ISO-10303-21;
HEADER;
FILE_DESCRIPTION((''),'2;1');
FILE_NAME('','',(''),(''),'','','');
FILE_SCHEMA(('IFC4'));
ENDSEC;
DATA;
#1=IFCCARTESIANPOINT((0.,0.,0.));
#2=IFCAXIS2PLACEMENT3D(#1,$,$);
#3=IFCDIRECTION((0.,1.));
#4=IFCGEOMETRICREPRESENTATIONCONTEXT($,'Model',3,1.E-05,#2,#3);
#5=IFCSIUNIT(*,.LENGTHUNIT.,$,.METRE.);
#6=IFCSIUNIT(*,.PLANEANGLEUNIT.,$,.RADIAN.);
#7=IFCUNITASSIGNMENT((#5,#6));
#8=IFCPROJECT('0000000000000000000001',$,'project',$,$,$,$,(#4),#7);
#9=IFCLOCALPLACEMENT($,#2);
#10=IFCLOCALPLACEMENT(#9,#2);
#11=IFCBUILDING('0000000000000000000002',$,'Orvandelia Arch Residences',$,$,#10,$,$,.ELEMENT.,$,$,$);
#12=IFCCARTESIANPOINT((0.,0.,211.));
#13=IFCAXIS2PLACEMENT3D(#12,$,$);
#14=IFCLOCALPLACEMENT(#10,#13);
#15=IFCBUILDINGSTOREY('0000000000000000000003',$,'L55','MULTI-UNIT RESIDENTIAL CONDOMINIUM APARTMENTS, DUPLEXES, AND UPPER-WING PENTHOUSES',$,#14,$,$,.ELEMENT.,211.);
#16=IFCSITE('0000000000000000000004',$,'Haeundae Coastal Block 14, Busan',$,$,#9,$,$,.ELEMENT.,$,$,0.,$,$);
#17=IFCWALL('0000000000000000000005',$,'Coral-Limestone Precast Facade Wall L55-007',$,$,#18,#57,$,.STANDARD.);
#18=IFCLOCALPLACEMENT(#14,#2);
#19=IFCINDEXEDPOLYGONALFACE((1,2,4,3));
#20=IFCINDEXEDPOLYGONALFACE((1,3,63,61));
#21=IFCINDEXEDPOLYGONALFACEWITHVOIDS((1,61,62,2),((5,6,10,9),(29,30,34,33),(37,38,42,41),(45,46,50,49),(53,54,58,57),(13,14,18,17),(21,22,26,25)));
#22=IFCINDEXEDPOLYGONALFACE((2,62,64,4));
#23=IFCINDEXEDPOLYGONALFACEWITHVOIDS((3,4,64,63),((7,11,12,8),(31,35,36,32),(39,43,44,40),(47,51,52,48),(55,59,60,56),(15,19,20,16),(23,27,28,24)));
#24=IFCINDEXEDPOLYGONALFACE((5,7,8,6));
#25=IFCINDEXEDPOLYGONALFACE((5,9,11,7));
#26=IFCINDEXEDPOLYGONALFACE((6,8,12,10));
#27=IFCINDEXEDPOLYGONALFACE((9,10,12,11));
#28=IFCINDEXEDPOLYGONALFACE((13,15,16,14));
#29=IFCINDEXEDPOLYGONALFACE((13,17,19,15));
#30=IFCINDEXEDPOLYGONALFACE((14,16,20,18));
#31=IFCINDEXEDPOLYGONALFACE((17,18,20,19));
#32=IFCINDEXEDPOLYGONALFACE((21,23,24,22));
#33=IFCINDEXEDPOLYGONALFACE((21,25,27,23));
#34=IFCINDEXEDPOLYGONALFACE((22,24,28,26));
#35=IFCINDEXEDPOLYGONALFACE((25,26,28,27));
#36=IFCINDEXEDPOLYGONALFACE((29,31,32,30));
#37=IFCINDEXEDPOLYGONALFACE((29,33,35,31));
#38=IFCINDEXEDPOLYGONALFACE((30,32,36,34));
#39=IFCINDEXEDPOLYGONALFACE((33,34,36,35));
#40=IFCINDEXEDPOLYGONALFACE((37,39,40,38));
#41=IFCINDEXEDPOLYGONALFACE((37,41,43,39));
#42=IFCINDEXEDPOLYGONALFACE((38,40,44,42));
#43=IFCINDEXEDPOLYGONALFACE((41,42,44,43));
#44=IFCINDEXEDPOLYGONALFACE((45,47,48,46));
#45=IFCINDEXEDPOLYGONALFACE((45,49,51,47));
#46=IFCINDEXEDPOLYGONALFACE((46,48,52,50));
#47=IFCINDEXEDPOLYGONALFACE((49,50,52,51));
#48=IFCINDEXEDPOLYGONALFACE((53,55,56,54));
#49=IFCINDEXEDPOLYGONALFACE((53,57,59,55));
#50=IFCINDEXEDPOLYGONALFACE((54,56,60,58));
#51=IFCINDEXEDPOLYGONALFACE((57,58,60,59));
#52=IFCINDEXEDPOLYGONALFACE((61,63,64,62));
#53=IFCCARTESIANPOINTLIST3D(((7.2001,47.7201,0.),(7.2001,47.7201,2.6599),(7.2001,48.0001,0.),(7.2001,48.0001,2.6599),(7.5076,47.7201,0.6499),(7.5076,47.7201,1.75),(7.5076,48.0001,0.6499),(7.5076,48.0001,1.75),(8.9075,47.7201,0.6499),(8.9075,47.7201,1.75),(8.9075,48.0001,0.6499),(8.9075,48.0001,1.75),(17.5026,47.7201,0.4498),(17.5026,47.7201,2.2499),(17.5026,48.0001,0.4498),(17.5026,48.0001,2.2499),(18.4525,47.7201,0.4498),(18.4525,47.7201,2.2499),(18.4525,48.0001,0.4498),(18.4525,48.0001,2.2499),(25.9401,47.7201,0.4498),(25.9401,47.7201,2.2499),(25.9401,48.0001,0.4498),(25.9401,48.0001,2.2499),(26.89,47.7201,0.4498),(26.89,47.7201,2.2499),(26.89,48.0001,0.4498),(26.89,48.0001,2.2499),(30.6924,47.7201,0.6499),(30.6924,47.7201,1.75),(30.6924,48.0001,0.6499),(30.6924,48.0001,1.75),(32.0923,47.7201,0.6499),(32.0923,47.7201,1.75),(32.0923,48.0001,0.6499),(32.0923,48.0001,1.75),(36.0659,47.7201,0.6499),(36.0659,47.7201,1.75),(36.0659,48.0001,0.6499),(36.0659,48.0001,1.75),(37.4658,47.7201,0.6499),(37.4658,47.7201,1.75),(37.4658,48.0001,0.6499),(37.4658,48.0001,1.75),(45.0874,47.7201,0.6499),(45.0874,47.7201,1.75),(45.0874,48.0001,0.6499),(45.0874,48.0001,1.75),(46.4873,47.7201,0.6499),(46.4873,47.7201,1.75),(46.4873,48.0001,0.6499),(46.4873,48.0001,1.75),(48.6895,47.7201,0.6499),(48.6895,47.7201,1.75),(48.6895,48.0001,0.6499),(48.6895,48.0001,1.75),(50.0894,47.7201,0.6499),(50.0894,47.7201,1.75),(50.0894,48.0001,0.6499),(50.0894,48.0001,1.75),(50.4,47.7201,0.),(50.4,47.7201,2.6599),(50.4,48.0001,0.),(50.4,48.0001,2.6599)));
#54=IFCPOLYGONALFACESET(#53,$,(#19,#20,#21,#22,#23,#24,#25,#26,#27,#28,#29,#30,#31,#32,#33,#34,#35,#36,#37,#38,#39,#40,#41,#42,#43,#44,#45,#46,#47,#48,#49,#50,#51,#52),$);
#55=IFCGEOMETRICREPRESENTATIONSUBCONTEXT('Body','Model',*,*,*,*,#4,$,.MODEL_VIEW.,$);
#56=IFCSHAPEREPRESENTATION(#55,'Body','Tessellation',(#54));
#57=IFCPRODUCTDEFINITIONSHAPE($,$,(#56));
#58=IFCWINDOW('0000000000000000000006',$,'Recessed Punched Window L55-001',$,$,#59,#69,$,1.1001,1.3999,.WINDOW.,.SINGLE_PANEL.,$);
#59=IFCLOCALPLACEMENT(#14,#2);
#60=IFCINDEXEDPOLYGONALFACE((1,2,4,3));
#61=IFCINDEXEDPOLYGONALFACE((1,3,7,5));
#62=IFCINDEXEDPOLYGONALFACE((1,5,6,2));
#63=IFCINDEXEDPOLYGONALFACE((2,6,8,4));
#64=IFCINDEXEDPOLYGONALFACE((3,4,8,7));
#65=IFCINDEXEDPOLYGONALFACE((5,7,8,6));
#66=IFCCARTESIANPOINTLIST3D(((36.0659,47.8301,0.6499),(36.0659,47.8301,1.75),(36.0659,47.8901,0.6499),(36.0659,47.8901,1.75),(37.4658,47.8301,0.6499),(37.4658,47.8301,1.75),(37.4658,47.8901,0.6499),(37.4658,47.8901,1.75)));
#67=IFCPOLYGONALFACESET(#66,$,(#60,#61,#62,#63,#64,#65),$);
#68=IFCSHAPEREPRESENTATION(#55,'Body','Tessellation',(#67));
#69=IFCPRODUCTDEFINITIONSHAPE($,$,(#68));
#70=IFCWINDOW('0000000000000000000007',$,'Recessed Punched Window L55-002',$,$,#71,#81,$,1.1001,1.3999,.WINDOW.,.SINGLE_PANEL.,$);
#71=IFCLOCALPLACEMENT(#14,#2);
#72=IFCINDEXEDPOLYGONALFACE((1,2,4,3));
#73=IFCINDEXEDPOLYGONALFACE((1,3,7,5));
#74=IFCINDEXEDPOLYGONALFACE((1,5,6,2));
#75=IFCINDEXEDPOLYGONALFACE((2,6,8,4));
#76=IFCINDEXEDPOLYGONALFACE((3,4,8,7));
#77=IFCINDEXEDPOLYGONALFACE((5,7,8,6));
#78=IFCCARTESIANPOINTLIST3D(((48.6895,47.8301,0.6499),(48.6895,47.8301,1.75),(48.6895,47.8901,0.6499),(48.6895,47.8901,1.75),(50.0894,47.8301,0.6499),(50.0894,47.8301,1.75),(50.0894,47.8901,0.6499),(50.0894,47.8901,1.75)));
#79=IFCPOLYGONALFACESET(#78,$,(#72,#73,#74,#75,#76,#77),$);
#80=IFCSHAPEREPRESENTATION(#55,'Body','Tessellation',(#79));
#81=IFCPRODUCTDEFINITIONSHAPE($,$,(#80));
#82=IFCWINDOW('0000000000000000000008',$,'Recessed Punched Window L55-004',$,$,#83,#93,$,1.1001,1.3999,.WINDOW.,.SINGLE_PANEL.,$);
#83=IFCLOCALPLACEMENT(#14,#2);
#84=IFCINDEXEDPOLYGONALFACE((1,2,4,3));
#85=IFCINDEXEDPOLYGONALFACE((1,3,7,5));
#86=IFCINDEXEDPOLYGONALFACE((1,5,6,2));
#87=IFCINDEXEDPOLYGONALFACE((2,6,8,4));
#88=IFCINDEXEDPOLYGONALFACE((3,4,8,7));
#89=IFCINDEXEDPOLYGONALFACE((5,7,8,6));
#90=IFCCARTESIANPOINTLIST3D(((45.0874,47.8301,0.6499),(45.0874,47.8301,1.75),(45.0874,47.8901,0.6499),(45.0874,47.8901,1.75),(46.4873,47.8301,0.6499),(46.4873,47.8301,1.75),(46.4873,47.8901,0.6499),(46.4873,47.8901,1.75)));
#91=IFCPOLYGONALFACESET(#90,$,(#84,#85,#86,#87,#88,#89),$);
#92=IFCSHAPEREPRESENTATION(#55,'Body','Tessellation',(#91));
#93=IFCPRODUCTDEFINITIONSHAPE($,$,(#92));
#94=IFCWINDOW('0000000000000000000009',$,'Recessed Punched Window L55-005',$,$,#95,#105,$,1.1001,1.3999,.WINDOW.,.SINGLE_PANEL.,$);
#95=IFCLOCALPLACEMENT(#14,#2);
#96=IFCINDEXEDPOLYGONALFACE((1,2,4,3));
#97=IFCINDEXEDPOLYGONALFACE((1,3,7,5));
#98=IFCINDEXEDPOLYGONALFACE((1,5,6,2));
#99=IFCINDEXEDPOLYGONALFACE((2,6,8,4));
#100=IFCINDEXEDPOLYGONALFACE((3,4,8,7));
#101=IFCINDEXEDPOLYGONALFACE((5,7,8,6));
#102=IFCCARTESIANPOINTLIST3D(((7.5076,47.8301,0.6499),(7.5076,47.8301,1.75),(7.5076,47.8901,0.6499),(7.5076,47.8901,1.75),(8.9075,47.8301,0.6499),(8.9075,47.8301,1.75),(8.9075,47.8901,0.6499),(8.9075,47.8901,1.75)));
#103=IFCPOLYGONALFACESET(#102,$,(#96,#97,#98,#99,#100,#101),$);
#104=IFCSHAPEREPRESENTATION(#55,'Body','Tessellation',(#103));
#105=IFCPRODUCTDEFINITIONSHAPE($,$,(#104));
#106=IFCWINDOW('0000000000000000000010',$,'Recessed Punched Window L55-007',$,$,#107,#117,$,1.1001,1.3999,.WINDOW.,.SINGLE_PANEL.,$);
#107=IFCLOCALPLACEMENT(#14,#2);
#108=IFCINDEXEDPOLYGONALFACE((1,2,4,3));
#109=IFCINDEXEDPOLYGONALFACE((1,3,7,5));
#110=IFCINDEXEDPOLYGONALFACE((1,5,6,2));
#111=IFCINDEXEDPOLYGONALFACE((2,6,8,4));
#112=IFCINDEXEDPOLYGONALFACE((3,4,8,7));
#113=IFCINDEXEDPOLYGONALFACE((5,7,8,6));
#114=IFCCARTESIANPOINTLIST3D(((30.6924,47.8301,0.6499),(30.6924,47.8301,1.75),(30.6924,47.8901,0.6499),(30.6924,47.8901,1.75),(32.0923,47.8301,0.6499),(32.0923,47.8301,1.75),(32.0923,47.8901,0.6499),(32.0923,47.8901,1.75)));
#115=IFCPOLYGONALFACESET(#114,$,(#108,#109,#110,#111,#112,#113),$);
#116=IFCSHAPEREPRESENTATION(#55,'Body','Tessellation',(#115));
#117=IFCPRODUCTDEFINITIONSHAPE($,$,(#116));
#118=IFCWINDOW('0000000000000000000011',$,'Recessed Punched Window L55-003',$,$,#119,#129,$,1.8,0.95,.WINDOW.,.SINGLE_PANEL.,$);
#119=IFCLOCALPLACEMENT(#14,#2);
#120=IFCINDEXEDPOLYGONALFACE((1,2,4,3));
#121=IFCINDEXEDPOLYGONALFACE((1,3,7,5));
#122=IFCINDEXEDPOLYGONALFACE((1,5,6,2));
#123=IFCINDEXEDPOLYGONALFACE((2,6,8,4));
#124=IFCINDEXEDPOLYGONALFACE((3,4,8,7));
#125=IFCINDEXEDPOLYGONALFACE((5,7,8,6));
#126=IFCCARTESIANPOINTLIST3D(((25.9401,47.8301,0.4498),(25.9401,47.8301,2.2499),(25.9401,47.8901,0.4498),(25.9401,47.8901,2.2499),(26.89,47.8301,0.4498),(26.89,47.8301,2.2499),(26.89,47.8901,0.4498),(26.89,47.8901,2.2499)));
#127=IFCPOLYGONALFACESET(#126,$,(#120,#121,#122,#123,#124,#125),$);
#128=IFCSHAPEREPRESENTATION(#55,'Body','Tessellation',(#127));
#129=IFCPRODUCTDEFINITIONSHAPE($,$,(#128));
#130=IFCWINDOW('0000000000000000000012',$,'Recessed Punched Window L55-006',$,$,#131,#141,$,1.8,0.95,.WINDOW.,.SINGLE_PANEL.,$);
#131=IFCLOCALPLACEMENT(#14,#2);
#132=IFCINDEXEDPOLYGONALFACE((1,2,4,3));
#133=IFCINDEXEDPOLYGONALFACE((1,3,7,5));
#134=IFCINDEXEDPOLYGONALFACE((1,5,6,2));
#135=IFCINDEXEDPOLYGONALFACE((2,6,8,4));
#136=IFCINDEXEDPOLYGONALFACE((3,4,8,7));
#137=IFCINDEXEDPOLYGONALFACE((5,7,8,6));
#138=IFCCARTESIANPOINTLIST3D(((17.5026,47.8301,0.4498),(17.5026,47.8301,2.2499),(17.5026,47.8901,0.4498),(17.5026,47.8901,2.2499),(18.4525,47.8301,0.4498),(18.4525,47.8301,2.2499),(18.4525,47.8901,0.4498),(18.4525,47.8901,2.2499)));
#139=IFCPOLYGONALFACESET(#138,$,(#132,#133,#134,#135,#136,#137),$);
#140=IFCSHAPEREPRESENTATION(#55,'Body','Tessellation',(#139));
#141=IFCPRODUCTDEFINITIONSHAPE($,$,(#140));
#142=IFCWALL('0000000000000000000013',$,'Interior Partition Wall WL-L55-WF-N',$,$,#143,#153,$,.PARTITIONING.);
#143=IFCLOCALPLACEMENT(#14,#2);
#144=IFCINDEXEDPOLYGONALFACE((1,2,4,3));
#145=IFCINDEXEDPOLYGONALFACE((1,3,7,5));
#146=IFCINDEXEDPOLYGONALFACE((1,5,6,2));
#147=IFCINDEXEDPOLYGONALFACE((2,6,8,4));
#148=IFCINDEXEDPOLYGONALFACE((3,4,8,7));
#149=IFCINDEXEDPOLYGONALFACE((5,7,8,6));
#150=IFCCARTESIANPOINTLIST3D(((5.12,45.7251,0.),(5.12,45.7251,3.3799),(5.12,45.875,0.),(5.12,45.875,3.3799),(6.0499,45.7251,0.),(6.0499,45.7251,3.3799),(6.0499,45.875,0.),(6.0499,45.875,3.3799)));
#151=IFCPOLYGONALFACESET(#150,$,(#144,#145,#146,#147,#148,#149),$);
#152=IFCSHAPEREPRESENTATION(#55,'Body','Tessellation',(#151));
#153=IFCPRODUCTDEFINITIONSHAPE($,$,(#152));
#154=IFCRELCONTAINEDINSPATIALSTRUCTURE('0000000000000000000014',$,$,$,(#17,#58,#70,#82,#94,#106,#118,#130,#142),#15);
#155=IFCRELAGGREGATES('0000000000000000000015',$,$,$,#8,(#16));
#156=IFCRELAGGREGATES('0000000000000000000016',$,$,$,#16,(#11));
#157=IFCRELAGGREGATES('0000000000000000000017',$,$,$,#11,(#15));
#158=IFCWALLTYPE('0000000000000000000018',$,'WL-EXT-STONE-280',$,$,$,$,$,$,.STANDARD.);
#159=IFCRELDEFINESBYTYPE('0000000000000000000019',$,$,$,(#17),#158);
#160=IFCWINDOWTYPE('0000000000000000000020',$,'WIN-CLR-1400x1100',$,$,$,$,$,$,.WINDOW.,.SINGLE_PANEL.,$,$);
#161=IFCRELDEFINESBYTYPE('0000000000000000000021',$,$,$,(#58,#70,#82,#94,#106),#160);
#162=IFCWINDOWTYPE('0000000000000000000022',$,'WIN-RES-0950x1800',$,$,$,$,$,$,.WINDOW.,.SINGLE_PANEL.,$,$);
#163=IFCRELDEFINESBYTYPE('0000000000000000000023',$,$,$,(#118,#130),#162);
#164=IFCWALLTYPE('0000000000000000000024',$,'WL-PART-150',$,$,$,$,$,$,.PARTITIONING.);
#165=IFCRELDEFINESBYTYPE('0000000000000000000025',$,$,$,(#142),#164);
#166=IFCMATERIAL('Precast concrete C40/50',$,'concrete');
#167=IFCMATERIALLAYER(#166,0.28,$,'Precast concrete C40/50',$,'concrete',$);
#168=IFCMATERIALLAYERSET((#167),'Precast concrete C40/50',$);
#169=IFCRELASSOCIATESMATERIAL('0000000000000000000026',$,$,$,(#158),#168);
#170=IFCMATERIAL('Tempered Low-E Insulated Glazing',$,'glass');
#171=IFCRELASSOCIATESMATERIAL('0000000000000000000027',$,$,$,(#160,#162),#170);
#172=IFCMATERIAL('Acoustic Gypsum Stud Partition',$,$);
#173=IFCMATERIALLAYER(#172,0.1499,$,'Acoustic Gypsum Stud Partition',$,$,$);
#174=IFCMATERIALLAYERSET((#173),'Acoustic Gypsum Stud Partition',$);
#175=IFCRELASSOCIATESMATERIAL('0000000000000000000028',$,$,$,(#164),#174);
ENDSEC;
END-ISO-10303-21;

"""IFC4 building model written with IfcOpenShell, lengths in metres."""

from ifc_helpers import new_model, si_unit, direction, frame, frame_2d, origin, place, context, subcontext, project, spatial, rectangle, extrude, material, layer, layer_set, type_object, element, fill, save


model = new_model("IFC4")

# Units and contexts
model_context = context("Model", 3, precision=1e-05, world=origin(), true_north=direction((0.0, 1.0)))
body_context = subcontext(model_context, "Body", "Model", "MODEL_VIEW")
ifc_project = project(units=[si_unit("LENGTHUNIT", "METRE"), si_unit("PLANEANGLEUNIT", "RADIAN")], contexts=[model_context])

# Site, building, storey
site_placement = place(None, origin())
site = spatial("IfcSite", under=ifc_project, at=site_placement, Name="Haeundae Coastal Block 14, Busan", CompositionType="ELEMENT", RefElevation=0.0)
building_placement = place(site_placement, origin())
building = spatial("IfcBuilding", under=site, at=building_placement, Name="Orvandelia Arch Residences", CompositionType="ELEMENT")
storey_placement = place(building_placement, frame((0.0, 0.0, 211.0)))
storey = spatial("IfcBuildingStorey", under=building, at=storey_placement, Name="L55", Description="MULTI-UNIT RESIDENTIAL CONDOMINIUM APARTMENTS, DUPLEXES, AND UPPER-WING PENTHOUSES", CompositionType="ELEMENT", Elevation=211.0)

# Shared definitions
ifc_material_1 = material(Name="Precast concrete C40/50", Category="concrete")
ifc_layer_1 = layer(ifc_material_1, 0.28, Name="Precast concrete C40/50", Category="concrete")
ifc_layer_set_1 = layer_set([ifc_layer_1], Name="Precast concrete C40/50")
wall_type_1 = type_object("IfcWallType", Name="WL-EXT-STONE-280", PredefinedType="STANDARD", material=ifc_layer_set_1)

# Wall, openings, windows
wall_1_placement = place(storey_placement, frame((7.2, 47.8601, 0.0), z_axis=(0.0, 0.0, 1.0), x_axis=(1.0, 0.0, 0.0)))
wall_1 = element("IfcWall", 1, at=wall_1_placement, inside=storey, type_object=wall_type_1, Name="Coral-Limestone Precast Facade Wall L55-007", PredefinedType="STANDARD", context=body_context, shape_type="SweptSolid", body=[
    extrude(rectangle(XDim=43.2, YDim=0.28, at=frame_2d((21.6001, 0.0))), origin(), (0.0, 0.0, 1.0), 2.6599),
])
opening_1_placement = place(wall_1_placement, frame((28.866, 0.0, 0.6499)))
opening_1 = element("IfcOpeningElement", 2, at=opening_1_placement, cuts=wall_1, PredefinedType="OPENING", context=body_context, shape_type="SweptSolid", body=[
    extrude(rectangle(XDim=1.3999, YDim=1.1001, at=frame_2d((0.7, 0.55))), frame((0.0, 0.1499, 0.0), z_axis=(0.0, -1.0, 0.0), x_axis=(1.0, 0.0, 0.0)), (0.0, 0.0, 1.0), 0.3),
])
opening_2_placement = place(wall_1_placement, frame((41.4895, 0.0, 0.6499)))
opening_2 = element("IfcOpeningElement", 3, at=opening_2_placement, cuts=wall_1, PredefinedType="OPENING", context=body_context, shape_type="SweptSolid", body=[
    extrude(rectangle(XDim=1.3999, YDim=1.1001, at=frame_2d((0.7, 0.55))), frame((0.0, 0.1499, 0.0), z_axis=(0.0, -1.0, 0.0), x_axis=(1.0, 0.0, 0.0)), (0.0, 0.0, 1.0), 0.3),
])
opening_3_placement = place(wall_1_placement, frame((18.74, 0.0, 0.45)))
opening_3 = element("IfcOpeningElement", 4, at=opening_3_placement, cuts=wall_1, PredefinedType="OPENING", context=body_context, shape_type="SweptSolid", body=[
    extrude(rectangle(XDim=0.95, YDim=1.8, at=frame_2d((0.4751, 0.8999))), frame((0.0, 0.1499, 0.0), z_axis=(0.0, -1.0, 0.0), x_axis=(1.0, 0.0, 0.0)), (0.0, 0.0, 1.0), 0.3),
])
opening_4_placement = place(wall_1_placement, frame((37.8875, 0.0, 0.6499)))
opening_4 = element("IfcOpeningElement", 5, at=opening_4_placement, cuts=wall_1, PredefinedType="OPENING", context=body_context, shape_type="SweptSolid", body=[
    extrude(rectangle(XDim=1.3999, YDim=1.1001, at=frame_2d((0.7, 0.55))), frame((0.0, 0.1499, 0.0), z_axis=(0.0, -1.0, 0.0), x_axis=(1.0, 0.0, 0.0)), (0.0, 0.0, 1.0), 0.3),
])
opening_5_placement = place(wall_1_placement, frame((0.3076, 0.0, 0.6499)))
opening_5 = element("IfcOpeningElement", 6, at=opening_5_placement, cuts=wall_1, PredefinedType="OPENING", context=body_context, shape_type="SweptSolid", body=[
    extrude(rectangle(XDim=1.3999, YDim=1.1001, at=frame_2d((0.7, 0.55))), frame((0.0, 0.1499, 0.0), z_axis=(0.0, -1.0, 0.0), x_axis=(1.0, 0.0, 0.0)), (0.0, 0.0, 1.0), 0.3),
])
opening_6_placement = place(wall_1_placement, frame((10.3025, 0.0, 0.45)))
opening_6 = element("IfcOpeningElement", 7, at=opening_6_placement, cuts=wall_1, PredefinedType="OPENING", context=body_context, shape_type="SweptSolid", body=[
    extrude(rectangle(XDim=0.95, YDim=1.8, at=frame_2d((0.4751, 0.8999))), frame((0.0, 0.1499, 0.0), z_axis=(0.0, -1.0, 0.0), x_axis=(1.0, 0.0, 0.0)), (0.0, 0.0, 1.0), 0.3),
])
opening_7_placement = place(wall_1_placement, frame((23.4924, 0.0, 0.6499)))
opening_7 = element("IfcOpeningElement", 8, at=opening_7_placement, cuts=wall_1, PredefinedType="OPENING", context=body_context, shape_type="SweptSolid", body=[
    extrude(rectangle(XDim=1.3999, YDim=1.1001, at=frame_2d((0.7, 0.55))), frame((0.0, 0.1499, 0.0), z_axis=(0.0, -1.0, 0.0), x_axis=(1.0, 0.0, 0.0)), (0.0, 0.0, 1.0), 0.3),
])
ifc_material_2 = material(Name="Tempered Low-E Insulated Glazing", Category="glass")
window_type_1 = type_object("IfcWindowType", Name="WIN-CLR-1400x1100", PartitioningType="SINGLE_PANEL", PredefinedType="WINDOW", material=ifc_material_2)
window_1_placement = place(opening_1_placement, origin())
window_1 = element("IfcWindow", 9, at=window_1_placement, inside=storey, type_object=window_type_1, Name="Recessed Punched Window L55-001", OverallHeight=1.1001, OverallWidth=1.3999, PartitioningType="SINGLE_PANEL", PredefinedType="WINDOW", context=body_context, shape_type="SweptSolid", body=[
    extrude(rectangle(XDim=1.3999, YDim=1.1001, at=frame_2d((0.7, 0.55))), frame((0.0, 0.03, 0.0), z_axis=(0.0, -1.0, 0.0), x_axis=(1.0, 0.0, 0.0)), (0.0, 0.0, 1.0), 0.0601),
])
fill(opening_1, window_1)
window_2_placement = place(opening_2_placement, origin())
window_2 = element("IfcWindow", 10, at=window_2_placement, inside=storey, type_object=window_type_1, Name="Recessed Punched Window L55-002", OverallHeight=1.1001, OverallWidth=1.3999, PartitioningType="SINGLE_PANEL", PredefinedType="WINDOW", context=body_context, shape_type="SweptSolid", body=[
    extrude(rectangle(XDim=1.3999, YDim=1.1001, at=frame_2d((0.7, 0.55))), frame((0.0, 0.03, 0.0), z_axis=(0.0, -1.0, 0.0), x_axis=(1.0, 0.0, 0.0)), (0.0, 0.0, 1.0), 0.0601),
])
fill(opening_2, window_2)
window_3_placement = place(opening_4_placement, origin())
window_3 = element("IfcWindow", 11, at=window_3_placement, inside=storey, type_object=window_type_1, Name="Recessed Punched Window L55-004", OverallHeight=1.1001, OverallWidth=1.3999, PartitioningType="SINGLE_PANEL", PredefinedType="WINDOW", context=body_context, shape_type="SweptSolid", body=[
    extrude(rectangle(XDim=1.3999, YDim=1.1001, at=frame_2d((0.7, 0.55))), frame((0.0, 0.03, 0.0), z_axis=(0.0, -1.0, 0.0), x_axis=(1.0, 0.0, 0.0)), (0.0, 0.0, 1.0), 0.0601),
])
fill(opening_4, window_3)
window_4_placement = place(opening_5_placement, origin())
window_4 = element("IfcWindow", 12, at=window_4_placement, inside=storey, type_object=window_type_1, Name="Recessed Punched Window L55-005", OverallHeight=1.1001, OverallWidth=1.3999, PartitioningType="SINGLE_PANEL", PredefinedType="WINDOW", context=body_context, shape_type="SweptSolid", body=[
    extrude(rectangle(XDim=1.3999, YDim=1.1001, at=frame_2d((0.7, 0.55))), frame((0.0, 0.03, 0.0), z_axis=(0.0, -1.0, 0.0), x_axis=(1.0, 0.0, 0.0)), (0.0, 0.0, 1.0), 0.0601),
])
fill(opening_5, window_4)
window_5_placement = place(opening_7_placement, origin())
window_5 = element("IfcWindow", 13, at=window_5_placement, inside=storey, type_object=window_type_1, Name="Recessed Punched Window L55-007", OverallHeight=1.1001, OverallWidth=1.3999, PartitioningType="SINGLE_PANEL", PredefinedType="WINDOW", context=body_context, shape_type="SweptSolid", body=[
    extrude(rectangle(XDim=1.3999, YDim=1.1001, at=frame_2d((0.7, 0.55))), frame((0.0, 0.03, 0.0), z_axis=(0.0, -1.0, 0.0), x_axis=(1.0, 0.0, 0.0)), (0.0, 0.0, 1.0), 0.0601),
])
fill(opening_7, window_5)
window_type_2 = type_object("IfcWindowType", Name="WIN-RES-0950x1800", PartitioningType="SINGLE_PANEL", PredefinedType="WINDOW", material=ifc_material_2)
window_6_placement = place(opening_3_placement, origin())
window_6 = element("IfcWindow", 14, at=window_6_placement, inside=storey, type_object=window_type_2, Name="Recessed Punched Window L55-003", OverallHeight=1.8, OverallWidth=0.95, PartitioningType="SINGLE_PANEL", PredefinedType="WINDOW", context=body_context, shape_type="SweptSolid", body=[
    extrude(rectangle(XDim=0.95, YDim=1.8, at=frame_2d((0.4751, 0.8999))), frame((0.0, 0.03, 0.0), z_axis=(0.0, -1.0, 0.0), x_axis=(1.0, 0.0, 0.0)), (0.0, 0.0, 1.0), 0.0601),
])
fill(opening_3, window_6)
window_7_placement = place(opening_6_placement, origin())
window_7 = element("IfcWindow", 15, at=window_7_placement, inside=storey, type_object=window_type_2, Name="Recessed Punched Window L55-006", OverallHeight=1.8, OverallWidth=0.95, PartitioningType="SINGLE_PANEL", PredefinedType="WINDOW", context=body_context, shape_type="SweptSolid", body=[
    extrude(rectangle(XDim=0.95, YDim=1.8, at=frame_2d((0.4751, 0.8999))), frame((0.0, 0.03, 0.0), z_axis=(0.0, -1.0, 0.0), x_axis=(1.0, 0.0, 0.0)), (0.0, 0.0, 1.0), 0.0601),
])
fill(opening_6, window_7)

# Wall
ifc_material_3 = material(Name="Acoustic Gypsum Stud Partition")
ifc_layer_2 = layer(ifc_material_3, 0.1499, Name="Acoustic Gypsum Stud Partition")
ifc_layer_set_2 = layer_set([ifc_layer_2], Name="Acoustic Gypsum Stud Partition")
wall_type_2 = type_object("IfcWallType", Name="WL-PART-150", PredefinedType="PARTITIONING", material=ifc_layer_set_2)
wall_2_placement = place(storey_placement, frame((5.1201, 45.8, 0.0), z_axis=(0.0, 0.0, 1.0), x_axis=(1.0, 0.0, 0.0)))
element("IfcWall", 16, at=wall_2_placement, inside=storey, type_object=wall_type_2, Name="Interior Partition Wall WL-L55-WF-N", PredefinedType="PARTITIONING", context=body_context, shape_type="SweptSolid", body=[
    extrude(rectangle(XDim=0.9299, YDim=0.1499, at=frame_2d((0.4648, 0.0))), origin(), (0.0, 0.0, 1.0), 3.3799),
])

save(model, "model.ifc")
